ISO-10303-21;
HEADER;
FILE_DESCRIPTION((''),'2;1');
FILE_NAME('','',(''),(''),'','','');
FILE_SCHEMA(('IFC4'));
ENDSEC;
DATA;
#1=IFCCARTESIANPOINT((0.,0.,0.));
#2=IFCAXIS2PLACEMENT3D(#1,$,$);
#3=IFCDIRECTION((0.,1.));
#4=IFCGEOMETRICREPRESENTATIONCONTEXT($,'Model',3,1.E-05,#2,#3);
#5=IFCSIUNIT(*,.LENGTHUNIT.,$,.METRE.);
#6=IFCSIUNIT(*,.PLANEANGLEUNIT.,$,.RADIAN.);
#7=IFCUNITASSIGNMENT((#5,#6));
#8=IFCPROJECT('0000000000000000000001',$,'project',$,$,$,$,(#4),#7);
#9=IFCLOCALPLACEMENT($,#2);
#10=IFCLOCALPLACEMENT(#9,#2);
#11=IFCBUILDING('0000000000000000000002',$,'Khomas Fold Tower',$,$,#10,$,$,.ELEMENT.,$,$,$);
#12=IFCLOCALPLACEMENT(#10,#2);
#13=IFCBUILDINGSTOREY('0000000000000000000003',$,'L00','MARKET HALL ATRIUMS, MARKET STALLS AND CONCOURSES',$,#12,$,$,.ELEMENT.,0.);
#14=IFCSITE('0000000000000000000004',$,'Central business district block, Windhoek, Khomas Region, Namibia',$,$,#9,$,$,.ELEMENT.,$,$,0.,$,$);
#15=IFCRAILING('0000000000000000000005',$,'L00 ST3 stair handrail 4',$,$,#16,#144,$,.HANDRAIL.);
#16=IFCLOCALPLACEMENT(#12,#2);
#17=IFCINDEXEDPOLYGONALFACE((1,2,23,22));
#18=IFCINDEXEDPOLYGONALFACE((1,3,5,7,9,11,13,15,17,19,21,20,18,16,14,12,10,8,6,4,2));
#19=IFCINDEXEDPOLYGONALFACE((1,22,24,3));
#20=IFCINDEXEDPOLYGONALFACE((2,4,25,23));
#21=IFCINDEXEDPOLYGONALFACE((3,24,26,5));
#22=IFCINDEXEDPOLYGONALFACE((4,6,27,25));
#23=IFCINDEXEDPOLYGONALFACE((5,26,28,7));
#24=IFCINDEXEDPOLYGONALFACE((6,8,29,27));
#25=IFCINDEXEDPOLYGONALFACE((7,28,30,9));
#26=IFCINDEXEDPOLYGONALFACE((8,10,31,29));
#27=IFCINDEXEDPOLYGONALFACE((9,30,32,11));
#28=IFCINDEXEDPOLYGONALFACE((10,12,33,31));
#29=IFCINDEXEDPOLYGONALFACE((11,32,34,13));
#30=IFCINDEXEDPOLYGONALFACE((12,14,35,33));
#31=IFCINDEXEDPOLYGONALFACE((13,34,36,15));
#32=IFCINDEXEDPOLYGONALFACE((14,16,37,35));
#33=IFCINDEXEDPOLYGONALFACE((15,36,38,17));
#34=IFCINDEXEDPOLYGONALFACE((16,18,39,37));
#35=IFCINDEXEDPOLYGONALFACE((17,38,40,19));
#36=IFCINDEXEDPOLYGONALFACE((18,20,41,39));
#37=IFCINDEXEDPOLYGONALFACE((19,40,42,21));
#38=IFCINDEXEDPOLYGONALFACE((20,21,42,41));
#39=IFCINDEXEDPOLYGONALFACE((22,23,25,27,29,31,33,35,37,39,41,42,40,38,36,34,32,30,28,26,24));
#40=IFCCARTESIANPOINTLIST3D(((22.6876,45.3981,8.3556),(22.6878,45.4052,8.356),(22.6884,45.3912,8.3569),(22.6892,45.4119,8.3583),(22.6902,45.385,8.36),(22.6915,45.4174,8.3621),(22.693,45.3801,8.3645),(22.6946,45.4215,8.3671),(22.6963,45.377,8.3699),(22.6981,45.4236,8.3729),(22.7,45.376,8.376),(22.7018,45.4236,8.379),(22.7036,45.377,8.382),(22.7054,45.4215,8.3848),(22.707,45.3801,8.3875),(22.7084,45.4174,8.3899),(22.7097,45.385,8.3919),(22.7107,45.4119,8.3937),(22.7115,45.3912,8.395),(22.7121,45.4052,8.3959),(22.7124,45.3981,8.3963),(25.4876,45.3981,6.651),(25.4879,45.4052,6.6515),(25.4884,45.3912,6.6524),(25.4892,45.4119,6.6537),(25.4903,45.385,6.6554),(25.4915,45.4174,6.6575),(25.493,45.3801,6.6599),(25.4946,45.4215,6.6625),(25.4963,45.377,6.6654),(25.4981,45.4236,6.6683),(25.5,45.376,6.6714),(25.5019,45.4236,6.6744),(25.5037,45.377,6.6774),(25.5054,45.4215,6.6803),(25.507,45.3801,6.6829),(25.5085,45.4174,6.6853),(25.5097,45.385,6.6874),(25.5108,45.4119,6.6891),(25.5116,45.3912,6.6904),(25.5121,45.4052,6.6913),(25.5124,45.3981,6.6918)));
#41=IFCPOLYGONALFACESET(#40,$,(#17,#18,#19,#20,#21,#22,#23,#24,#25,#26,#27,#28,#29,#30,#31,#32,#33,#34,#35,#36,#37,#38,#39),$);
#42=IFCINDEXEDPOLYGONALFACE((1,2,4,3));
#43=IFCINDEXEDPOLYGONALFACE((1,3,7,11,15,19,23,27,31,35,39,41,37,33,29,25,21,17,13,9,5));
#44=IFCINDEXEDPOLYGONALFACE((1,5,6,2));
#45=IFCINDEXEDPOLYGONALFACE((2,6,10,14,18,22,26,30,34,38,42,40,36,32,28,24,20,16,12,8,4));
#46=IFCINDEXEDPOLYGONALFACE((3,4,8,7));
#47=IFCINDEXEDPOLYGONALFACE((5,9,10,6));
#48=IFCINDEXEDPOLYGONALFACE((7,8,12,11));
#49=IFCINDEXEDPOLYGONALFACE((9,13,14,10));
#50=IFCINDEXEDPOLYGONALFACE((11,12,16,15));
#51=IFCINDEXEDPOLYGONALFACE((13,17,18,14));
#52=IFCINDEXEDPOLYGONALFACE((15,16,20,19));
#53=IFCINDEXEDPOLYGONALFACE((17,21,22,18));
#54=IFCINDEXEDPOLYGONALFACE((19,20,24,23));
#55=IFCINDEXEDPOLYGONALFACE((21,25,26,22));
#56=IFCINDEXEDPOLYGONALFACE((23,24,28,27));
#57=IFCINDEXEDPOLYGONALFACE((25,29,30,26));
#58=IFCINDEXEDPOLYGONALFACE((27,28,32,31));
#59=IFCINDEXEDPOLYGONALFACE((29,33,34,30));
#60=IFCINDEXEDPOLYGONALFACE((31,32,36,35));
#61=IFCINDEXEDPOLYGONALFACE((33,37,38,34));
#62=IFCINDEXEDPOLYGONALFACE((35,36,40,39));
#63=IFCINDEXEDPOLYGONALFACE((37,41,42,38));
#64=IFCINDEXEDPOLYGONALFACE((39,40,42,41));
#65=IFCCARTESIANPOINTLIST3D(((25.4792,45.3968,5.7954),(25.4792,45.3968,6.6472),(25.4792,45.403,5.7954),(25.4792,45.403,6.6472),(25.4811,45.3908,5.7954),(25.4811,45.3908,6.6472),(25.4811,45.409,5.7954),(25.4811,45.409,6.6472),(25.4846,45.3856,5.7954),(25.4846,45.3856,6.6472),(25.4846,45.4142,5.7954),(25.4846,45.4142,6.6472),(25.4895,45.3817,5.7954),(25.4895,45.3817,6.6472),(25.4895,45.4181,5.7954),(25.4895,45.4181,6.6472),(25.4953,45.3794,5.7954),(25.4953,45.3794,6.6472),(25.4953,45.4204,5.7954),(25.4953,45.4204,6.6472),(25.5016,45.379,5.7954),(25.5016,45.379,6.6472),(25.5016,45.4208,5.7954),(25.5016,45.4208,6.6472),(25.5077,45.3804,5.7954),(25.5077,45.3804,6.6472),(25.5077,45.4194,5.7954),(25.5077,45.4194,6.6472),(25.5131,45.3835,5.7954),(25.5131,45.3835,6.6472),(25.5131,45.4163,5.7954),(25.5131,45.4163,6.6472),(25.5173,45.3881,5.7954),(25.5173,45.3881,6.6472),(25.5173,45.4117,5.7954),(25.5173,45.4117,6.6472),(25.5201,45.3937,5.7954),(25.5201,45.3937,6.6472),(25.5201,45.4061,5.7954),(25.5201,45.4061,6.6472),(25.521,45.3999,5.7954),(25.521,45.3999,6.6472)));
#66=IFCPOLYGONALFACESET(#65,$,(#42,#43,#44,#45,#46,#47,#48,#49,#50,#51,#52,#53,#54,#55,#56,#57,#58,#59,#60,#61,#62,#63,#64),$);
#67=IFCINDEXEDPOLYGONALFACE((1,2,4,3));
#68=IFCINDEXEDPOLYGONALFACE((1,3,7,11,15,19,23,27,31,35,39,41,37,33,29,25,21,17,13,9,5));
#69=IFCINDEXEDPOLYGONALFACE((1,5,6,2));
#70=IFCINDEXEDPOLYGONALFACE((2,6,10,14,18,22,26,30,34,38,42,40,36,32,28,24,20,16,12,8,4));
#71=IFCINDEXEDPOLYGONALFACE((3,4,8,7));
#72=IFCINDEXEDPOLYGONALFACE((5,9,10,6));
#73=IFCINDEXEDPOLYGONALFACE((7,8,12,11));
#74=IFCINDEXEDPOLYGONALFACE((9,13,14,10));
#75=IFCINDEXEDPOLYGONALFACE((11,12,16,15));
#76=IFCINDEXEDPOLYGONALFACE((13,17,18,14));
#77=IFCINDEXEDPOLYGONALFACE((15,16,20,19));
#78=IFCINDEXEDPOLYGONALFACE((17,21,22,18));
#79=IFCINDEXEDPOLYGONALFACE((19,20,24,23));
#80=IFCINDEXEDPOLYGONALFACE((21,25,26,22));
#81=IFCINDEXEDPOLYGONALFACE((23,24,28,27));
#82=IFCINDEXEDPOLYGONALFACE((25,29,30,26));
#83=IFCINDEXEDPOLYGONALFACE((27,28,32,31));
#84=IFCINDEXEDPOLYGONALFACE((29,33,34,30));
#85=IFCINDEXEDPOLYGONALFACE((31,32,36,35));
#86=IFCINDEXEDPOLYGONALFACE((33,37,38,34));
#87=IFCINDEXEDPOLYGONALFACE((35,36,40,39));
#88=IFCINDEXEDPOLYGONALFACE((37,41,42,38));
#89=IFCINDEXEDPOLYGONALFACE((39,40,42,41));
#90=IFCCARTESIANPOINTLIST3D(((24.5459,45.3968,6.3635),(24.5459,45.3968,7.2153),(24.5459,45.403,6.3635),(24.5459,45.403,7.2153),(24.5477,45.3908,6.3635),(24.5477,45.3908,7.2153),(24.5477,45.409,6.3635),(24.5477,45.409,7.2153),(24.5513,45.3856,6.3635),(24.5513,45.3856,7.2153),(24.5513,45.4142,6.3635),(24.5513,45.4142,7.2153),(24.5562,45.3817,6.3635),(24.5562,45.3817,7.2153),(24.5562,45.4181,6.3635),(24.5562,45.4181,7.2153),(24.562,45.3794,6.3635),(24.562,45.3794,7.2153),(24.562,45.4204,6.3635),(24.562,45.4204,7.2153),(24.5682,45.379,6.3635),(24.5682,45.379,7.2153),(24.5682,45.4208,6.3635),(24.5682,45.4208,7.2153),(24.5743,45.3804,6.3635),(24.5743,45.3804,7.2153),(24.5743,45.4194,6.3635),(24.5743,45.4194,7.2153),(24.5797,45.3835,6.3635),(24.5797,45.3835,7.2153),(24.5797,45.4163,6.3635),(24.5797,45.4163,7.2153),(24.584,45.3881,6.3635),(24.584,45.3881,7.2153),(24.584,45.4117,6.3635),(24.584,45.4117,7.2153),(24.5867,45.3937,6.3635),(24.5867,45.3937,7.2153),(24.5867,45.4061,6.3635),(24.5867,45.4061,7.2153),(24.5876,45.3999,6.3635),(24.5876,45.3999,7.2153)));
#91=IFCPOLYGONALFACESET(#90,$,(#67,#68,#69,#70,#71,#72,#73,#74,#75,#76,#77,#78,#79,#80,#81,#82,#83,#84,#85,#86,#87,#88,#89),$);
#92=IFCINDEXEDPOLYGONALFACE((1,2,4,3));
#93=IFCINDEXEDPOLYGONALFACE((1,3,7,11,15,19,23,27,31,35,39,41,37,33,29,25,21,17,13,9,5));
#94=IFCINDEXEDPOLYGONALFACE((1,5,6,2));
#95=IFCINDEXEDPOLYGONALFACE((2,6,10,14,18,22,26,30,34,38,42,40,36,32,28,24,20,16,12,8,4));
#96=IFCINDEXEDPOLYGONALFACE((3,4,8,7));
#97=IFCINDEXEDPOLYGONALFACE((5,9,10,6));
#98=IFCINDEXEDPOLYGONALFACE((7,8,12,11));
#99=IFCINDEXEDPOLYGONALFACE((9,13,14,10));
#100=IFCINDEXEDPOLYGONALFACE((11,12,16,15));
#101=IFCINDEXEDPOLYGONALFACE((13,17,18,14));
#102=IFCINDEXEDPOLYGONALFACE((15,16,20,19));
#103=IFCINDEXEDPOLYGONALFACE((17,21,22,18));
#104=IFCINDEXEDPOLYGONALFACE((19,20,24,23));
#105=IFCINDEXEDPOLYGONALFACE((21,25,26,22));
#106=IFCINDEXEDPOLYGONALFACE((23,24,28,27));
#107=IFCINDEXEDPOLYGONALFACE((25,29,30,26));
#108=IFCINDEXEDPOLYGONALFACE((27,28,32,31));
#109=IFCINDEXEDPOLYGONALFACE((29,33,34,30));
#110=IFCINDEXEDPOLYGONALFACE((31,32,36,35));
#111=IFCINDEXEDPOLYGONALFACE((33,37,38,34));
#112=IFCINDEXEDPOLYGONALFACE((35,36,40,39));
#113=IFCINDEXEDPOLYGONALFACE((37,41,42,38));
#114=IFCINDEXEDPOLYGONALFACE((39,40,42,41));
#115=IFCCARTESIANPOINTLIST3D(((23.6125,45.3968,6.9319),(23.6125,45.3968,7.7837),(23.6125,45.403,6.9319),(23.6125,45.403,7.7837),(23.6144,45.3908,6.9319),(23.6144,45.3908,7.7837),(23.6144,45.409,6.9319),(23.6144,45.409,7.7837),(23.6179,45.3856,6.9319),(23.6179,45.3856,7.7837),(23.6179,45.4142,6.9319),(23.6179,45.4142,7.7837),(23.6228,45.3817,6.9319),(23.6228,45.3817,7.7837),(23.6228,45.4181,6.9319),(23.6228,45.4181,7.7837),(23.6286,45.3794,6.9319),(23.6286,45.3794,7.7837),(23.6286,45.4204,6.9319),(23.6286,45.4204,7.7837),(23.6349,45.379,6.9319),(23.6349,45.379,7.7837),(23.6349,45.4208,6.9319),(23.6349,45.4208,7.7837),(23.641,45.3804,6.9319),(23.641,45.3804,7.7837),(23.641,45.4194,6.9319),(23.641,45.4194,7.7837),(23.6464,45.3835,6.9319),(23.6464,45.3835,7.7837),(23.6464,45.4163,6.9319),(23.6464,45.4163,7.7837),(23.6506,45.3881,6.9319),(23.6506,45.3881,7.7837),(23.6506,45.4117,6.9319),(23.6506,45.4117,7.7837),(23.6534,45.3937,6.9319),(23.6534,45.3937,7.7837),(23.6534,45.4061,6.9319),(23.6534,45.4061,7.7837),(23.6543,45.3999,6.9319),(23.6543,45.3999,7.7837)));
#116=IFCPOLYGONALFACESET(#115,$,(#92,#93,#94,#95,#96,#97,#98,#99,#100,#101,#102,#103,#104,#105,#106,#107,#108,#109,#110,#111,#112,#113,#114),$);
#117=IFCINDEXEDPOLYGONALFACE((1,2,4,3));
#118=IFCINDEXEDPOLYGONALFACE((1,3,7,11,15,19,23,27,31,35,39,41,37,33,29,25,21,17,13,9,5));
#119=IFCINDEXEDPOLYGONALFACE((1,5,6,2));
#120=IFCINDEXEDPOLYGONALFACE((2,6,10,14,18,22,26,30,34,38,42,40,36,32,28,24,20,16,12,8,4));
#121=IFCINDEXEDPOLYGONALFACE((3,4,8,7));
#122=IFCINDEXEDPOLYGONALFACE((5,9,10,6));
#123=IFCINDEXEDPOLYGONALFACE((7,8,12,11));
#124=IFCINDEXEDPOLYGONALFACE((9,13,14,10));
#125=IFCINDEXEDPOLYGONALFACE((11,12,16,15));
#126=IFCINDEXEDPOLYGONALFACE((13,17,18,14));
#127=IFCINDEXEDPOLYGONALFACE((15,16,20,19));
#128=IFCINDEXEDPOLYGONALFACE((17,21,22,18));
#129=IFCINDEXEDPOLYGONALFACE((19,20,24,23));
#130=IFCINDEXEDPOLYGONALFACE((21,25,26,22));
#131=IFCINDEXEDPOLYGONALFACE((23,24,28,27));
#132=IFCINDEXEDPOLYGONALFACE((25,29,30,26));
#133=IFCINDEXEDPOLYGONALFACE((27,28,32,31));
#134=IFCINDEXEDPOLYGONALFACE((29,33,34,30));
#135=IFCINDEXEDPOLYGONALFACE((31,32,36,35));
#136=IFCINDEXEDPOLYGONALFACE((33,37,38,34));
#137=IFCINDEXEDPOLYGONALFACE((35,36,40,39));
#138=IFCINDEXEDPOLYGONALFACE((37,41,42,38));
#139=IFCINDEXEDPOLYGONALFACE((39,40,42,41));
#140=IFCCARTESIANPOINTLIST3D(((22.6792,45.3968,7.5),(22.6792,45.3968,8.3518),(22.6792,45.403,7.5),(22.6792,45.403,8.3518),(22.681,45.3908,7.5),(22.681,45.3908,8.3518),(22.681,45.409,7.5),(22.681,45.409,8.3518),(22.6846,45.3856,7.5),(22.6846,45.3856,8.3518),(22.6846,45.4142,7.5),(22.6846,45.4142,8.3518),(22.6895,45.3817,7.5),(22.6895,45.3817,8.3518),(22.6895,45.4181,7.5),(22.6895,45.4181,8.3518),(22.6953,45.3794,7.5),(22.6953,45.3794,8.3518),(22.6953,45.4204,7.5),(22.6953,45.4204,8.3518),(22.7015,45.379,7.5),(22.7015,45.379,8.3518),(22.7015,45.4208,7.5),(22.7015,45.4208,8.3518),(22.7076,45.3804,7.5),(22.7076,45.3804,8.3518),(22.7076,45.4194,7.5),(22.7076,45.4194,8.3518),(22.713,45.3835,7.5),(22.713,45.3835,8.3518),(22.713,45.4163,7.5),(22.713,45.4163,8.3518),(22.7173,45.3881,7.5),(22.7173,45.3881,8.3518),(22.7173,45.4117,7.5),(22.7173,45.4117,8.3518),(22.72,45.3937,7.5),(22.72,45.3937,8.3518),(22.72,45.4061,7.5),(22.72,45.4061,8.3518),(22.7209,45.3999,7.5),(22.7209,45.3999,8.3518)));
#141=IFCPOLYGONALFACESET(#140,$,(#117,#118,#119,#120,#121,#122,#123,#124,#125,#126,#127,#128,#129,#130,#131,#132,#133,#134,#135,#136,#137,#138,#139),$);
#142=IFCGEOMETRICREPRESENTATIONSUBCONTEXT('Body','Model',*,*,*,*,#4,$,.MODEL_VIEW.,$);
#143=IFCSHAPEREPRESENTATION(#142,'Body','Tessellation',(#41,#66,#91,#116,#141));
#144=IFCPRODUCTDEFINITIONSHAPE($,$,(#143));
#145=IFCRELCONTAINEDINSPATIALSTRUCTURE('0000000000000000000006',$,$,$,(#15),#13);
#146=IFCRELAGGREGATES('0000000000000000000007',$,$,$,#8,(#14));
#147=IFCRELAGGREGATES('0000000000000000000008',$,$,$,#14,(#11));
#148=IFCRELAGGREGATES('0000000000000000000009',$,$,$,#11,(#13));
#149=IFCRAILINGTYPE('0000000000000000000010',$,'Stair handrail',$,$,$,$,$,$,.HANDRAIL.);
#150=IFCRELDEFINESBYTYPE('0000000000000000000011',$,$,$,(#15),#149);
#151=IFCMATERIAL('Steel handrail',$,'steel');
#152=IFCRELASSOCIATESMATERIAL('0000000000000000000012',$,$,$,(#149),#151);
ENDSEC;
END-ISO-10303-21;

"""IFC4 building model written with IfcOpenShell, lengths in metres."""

from ifc_helpers import new_model, si_unit, direction, frame, origin, origin_2d, place, context, subcontext, project, spatial, circle, extrude, source, transform, mapped, material, type_object, element, save


model = new_model("IFC4")

# Units and contexts
model_context = context("Model", 3, precision=1e-05, world=origin(), true_north=direction((0.0, 1.0)))
body_context = subcontext(model_context, "Body", "Model", "MODEL_VIEW")
ifc_project = project(units=[si_unit("LENGTHUNIT", "METRE"), si_unit("PLANEANGLEUNIT", "RADIAN")], contexts=[model_context])

# Site, building, storey
site_placement = place(None, origin())
site = spatial("IfcSite", under=ifc_project, at=site_placement, Name="Central business district block, Windhoek, Khomas Region, Namibia", CompositionType="ELEMENT", RefElevation=0.0)
building_placement = place(site_placement, origin())
building = spatial("IfcBuilding", under=site, at=building_placement, Name="Khomas Fold Tower", CompositionType="ELEMENT")
storey_placement = place(building_placement, origin())
storey = spatial("IfcBuildingStorey", under=building, at=storey_placement, Name="L00", Description="MARKET HALL ATRIUMS, MARKET STALLS AND CONCOURSES", CompositionType="ELEMENT", Elevation=0.0)

# Railing
ifc_material_1 = material(Name="Steel handrail", Category="steel")
railing_type = type_object("IfcRailingType", Name="Stair handrail", PredefinedType="HANDRAIL", material=ifc_material_1)
shared_shape_1 = source(origin(), body_context, "Body", "SweptSolid", [
    extrude(circle(Radius=0.0239, at=origin_2d()), frame((0.0, 0.0, 0.876), z_axis=(-0.85417, 0.0, 0.519994), x_axis=(0.0, -1.0, 0.0)), (0.0, 0.0, 1.0), 3.2781),
    extrude(circle(Radius=0.021, at=origin_2d()), origin(), (0.0, 0.0, 1.0), 0.8518),
    extrude(circle(Radius=0.021, at=origin_2d()), frame((-0.9333, 0.0, 0.5681)), (0.0, 0.0, 1.0), 0.8518),
    extrude(circle(Radius=0.021, at=origin_2d()), frame((-1.8667, 0.0, 1.1365)), (0.0, 0.0, 1.0), 0.8518),
    extrude(circle(Radius=0.021, at=origin_2d()), frame((-2.8, 0.0, 1.7046)), (0.0, 0.0, 1.0), 0.8518),
])
for number, where, name in (
    (1, (25.5, 45.3999, 5.7954), "L00 ST3 stair handrail 4"),
):
    element("IfcRailing", number, at=place(storey_placement, frame(where)), inside=storey, type_object=railing_type, Name=name, PredefinedType="HANDRAIL", context=body_context, shape_type="MappedRepresentation", body=[
        mapped(shared_shape_1, transform((0.0, 0.0, 0.0))),
    ])

save(model, "model.ifc")
